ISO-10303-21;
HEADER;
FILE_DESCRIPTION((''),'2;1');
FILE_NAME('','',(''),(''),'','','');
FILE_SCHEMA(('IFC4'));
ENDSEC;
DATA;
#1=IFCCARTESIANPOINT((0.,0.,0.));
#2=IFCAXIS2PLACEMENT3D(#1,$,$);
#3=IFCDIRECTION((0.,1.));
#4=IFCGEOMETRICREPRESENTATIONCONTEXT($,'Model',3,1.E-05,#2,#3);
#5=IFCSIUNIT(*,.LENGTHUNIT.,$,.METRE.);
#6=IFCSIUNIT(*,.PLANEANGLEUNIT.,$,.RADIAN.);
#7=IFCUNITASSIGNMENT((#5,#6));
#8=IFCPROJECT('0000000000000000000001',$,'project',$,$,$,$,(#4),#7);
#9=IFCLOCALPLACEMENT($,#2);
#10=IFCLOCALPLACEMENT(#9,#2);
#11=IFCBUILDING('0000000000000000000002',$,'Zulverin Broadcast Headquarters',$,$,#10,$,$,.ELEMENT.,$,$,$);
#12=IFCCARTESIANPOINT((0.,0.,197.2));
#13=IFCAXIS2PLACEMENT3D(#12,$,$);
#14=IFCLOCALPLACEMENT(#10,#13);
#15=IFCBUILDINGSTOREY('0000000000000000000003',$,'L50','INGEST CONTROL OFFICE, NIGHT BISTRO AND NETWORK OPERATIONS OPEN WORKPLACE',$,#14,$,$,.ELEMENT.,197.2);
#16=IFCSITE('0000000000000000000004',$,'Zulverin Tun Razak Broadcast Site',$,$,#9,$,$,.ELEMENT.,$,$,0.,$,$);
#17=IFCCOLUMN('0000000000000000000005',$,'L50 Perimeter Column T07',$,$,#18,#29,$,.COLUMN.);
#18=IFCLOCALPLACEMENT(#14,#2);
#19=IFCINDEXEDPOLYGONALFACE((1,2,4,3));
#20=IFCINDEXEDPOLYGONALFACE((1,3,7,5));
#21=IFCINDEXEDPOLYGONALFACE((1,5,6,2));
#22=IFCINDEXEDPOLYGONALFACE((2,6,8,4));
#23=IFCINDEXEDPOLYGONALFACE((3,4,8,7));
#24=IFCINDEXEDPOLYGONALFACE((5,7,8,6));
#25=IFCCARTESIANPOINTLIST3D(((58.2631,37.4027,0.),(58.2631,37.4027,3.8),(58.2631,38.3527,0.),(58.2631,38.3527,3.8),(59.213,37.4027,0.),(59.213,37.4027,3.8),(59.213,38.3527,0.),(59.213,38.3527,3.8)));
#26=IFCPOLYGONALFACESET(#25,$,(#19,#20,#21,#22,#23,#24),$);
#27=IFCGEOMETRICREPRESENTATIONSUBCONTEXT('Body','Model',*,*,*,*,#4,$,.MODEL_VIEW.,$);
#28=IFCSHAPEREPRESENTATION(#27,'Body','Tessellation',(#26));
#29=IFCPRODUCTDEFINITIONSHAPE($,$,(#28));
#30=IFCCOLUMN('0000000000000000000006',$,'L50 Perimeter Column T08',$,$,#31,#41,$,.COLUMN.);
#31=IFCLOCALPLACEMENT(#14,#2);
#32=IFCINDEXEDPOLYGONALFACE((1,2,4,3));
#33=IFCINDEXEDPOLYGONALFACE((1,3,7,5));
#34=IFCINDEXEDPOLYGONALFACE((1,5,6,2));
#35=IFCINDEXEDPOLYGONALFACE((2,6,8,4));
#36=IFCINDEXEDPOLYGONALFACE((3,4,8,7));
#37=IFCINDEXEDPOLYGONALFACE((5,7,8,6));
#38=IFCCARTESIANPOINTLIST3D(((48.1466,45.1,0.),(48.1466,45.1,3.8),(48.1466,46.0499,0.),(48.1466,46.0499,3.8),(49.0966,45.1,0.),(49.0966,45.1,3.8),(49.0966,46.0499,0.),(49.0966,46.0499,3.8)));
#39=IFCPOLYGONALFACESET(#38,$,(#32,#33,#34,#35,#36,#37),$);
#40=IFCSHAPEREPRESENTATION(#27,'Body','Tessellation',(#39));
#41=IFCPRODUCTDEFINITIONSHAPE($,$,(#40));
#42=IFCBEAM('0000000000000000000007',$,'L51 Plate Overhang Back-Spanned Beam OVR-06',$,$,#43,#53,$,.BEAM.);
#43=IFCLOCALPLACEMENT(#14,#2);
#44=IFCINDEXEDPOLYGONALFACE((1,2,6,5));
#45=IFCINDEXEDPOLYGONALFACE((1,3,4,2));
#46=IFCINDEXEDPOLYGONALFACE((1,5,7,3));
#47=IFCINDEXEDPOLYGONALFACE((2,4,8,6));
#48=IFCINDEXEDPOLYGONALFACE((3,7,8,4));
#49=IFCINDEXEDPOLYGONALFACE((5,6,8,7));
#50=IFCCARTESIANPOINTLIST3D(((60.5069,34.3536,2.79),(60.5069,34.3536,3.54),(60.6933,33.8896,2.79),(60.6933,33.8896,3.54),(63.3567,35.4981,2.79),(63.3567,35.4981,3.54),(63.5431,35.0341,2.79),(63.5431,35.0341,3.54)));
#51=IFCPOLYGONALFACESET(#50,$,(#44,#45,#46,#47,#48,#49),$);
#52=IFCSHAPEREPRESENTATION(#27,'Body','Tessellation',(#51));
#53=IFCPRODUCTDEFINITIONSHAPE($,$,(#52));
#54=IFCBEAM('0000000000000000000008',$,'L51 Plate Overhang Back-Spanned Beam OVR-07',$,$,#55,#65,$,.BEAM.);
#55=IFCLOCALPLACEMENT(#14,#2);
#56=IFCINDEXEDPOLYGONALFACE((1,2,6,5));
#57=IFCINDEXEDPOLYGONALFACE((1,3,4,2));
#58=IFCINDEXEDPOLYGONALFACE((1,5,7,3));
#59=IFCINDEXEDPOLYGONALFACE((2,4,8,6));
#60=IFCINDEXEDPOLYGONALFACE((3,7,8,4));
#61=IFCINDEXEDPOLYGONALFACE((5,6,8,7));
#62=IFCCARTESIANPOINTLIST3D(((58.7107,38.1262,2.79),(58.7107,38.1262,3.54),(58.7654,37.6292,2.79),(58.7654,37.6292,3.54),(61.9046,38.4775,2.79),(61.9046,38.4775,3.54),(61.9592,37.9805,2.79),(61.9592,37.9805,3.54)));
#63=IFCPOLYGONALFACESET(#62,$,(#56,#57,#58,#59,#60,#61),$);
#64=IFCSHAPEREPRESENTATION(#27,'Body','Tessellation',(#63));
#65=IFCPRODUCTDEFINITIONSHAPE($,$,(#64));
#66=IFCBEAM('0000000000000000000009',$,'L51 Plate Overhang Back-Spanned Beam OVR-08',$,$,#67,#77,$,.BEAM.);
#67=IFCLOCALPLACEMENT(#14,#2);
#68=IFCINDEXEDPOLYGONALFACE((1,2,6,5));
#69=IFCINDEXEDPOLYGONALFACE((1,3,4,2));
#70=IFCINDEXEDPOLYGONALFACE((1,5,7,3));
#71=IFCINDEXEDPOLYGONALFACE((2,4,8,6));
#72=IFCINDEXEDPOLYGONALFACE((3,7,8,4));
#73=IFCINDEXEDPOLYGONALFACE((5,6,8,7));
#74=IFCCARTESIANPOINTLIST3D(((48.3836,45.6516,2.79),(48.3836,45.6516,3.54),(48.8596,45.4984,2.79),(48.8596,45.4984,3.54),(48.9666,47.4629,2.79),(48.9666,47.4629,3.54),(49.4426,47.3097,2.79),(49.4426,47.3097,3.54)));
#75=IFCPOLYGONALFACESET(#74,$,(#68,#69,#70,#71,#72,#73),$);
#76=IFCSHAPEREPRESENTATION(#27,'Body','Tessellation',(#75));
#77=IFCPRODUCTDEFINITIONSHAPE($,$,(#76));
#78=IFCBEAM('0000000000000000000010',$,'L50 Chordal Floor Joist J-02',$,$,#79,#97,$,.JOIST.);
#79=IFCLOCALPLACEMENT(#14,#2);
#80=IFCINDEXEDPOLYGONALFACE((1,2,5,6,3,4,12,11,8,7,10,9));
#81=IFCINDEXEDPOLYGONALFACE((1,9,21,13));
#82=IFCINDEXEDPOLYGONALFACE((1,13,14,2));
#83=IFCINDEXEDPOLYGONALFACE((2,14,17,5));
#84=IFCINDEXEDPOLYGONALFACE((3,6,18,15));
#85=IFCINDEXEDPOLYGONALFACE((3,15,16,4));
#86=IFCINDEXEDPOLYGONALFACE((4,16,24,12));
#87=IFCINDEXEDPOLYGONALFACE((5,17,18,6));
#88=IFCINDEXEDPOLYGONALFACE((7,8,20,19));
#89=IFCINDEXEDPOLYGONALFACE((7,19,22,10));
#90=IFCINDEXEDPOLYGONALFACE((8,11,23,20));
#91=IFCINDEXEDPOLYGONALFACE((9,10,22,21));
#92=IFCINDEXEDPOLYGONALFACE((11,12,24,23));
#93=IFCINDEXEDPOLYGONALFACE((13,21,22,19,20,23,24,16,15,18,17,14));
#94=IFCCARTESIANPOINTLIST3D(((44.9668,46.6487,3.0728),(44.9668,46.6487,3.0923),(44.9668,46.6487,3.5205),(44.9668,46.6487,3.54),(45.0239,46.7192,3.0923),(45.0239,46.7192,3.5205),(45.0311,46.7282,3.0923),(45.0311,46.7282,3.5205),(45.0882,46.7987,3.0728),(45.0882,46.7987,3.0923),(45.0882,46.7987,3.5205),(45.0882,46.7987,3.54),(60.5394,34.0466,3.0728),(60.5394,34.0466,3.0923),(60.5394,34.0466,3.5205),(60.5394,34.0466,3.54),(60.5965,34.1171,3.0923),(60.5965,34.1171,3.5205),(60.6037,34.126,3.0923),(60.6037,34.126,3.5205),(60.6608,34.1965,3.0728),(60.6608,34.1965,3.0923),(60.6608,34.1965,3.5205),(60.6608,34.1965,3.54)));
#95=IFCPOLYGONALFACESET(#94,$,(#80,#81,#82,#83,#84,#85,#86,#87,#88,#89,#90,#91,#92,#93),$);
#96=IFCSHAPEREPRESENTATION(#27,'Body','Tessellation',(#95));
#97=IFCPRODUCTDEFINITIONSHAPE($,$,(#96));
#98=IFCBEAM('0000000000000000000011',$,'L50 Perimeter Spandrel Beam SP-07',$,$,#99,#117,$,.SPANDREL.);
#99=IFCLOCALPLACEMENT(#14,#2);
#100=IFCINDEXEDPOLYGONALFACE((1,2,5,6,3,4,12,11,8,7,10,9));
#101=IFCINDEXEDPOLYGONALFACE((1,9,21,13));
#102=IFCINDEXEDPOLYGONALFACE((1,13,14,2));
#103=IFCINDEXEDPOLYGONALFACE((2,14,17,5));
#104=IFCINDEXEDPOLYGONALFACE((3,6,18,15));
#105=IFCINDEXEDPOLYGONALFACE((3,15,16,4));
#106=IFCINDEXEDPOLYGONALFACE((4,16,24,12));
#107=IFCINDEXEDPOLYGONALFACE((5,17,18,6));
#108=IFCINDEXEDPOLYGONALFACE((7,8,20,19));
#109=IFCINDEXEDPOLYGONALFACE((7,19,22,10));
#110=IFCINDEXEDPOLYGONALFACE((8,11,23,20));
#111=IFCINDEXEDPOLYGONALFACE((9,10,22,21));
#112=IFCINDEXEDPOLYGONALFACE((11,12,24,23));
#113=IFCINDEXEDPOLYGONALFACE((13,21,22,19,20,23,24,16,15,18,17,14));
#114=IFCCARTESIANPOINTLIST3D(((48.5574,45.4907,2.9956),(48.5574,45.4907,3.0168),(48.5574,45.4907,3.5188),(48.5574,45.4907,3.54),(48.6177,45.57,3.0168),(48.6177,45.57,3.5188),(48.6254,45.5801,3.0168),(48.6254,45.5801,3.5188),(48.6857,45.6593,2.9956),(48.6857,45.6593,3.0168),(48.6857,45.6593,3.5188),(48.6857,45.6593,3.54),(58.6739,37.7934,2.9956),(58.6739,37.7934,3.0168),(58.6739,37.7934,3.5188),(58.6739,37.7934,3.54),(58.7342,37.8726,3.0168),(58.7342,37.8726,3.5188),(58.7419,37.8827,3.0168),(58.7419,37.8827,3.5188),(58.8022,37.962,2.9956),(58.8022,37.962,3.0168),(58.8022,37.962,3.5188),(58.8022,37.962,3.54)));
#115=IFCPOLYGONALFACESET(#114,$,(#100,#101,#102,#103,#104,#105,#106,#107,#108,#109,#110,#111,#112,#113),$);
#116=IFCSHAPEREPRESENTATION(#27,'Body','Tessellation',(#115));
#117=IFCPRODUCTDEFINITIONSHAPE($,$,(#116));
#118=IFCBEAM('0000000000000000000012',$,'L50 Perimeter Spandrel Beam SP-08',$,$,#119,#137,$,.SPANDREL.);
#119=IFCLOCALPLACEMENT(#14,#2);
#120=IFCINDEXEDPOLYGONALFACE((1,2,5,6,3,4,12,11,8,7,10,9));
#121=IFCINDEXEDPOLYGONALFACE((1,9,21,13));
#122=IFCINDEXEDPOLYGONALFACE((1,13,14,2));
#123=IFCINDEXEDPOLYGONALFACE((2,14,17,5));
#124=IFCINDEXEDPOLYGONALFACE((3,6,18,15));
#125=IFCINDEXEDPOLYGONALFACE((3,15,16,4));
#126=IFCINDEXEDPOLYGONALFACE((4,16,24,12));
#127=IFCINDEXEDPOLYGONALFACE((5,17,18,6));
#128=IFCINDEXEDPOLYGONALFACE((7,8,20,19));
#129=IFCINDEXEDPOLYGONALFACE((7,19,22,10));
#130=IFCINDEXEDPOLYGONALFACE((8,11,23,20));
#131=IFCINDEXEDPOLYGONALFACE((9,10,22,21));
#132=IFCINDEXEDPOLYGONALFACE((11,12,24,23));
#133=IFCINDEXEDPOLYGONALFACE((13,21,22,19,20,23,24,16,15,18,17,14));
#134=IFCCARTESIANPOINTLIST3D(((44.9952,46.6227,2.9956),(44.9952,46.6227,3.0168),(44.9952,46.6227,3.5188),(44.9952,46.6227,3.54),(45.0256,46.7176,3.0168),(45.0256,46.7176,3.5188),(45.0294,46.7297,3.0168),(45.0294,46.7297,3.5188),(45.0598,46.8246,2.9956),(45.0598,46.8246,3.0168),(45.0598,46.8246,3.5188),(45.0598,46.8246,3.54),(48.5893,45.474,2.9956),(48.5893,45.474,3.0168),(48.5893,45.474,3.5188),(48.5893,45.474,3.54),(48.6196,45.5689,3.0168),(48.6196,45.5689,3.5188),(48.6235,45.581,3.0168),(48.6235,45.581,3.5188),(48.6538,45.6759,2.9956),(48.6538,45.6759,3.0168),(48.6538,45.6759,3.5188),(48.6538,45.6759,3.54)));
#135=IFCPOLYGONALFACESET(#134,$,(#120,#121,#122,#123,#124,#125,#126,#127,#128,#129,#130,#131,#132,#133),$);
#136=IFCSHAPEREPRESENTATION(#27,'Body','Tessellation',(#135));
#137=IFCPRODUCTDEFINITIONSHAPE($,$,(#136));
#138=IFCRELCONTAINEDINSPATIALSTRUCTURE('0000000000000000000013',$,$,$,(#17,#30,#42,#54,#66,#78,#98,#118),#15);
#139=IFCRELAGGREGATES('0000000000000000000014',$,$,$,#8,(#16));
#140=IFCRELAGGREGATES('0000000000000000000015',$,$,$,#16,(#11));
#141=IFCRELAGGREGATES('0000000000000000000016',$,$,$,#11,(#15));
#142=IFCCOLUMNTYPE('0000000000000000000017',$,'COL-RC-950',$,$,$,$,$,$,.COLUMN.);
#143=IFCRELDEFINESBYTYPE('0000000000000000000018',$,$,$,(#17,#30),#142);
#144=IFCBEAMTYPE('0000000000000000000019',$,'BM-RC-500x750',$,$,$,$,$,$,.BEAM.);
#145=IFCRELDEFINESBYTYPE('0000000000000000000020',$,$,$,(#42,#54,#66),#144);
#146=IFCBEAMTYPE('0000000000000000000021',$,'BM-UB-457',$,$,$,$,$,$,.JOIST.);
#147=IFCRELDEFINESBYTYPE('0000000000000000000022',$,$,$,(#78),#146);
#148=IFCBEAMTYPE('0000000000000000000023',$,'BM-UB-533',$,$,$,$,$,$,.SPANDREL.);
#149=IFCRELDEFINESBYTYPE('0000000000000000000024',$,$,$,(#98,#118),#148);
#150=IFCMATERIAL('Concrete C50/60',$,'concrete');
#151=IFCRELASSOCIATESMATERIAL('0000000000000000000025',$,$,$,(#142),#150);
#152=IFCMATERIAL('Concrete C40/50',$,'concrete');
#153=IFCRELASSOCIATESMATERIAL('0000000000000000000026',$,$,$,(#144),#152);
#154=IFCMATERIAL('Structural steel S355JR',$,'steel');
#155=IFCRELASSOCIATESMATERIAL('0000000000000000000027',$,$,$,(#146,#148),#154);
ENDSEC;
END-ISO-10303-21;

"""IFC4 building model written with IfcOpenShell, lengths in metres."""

from ifc_helpers import new_model, si_unit, direction, frame, origin, origin_2d, place, context, subcontext, project, spatial, rectangle, i_section, extrude, material, material_profile, profile_set, type_object, element, save


model = new_model("IFC4")

# Units and contexts
model_context = context("Model", 3, precision=1e-05, world=origin(), true_north=direction((0.0, 1.0)))
body_context = subcontext(model_context, "Body", "Model", "MODEL_VIEW")
ifc_project = project(units=[si_unit("LENGTHUNIT", "METRE"), si_unit("PLANEANGLEUNIT", "RADIAN")], contexts=[model_context])

# Site, building, storey
site_placement = place(None, origin())
site = spatial("IfcSite", under=ifc_project, at=site_placement, Name="Zulverin Tun Razak Broadcast Site", CompositionType="ELEMENT", RefElevation=0.0)
building_placement = place(site_placement, origin())
building = spatial("IfcBuilding", under=site, at=building_placement, Name="Zulverin Broadcast Headquarters", CompositionType="ELEMENT")
storey_placement = place(building_placement, frame((0.0, 0.0, 197.2)))
storey = spatial("IfcBuildingStorey", under=building, at=storey_placement, Name="L50", Description="INGEST CONTROL OFFICE, NIGHT BISTRO AND NETWORK OPERATIONS OPEN WORKPLACE", CompositionType="ELEMENT", Elevation=197.2)

# Columns
ifc_material_1 = material(Name="Concrete C50/60", Category="concrete")
ifc_material_profile_1 = material_profile(ifc_material_1, rectangle(XDim=0.95, YDim=0.95, at=origin_2d()), Name="Concrete C50/60", Category="concrete")
ifc_profile_set_1 = profile_set([ifc_material_profile_1], Name="Concrete C50/60")
column_type = type_object("IfcColumnType", Name="COL-RC-950", PredefinedType="COLUMN", material=ifc_profile_set_1)
for number, where, z_axis, x_axis, name in (
    (1, (58.738, 37.8777, 0.0), (0.0, 0.0, 1.0), (1.0, 0.0, 0.0), "L50 Perimeter Column T07"),
    (2, (48.6216, 45.575, 0.0), (0.0, 0.0, 1.0), (1.0, 0.0, 0.0), "L50 Perimeter Column T08"),
):
    element("IfcColumn", number, at=place(storey_placement, frame(where, z_axis=z_axis, x_axis=x_axis)), inside=storey, type_object=column_type, Name=name, PredefinedType="COLUMN", context=body_context, shape_type="SweptSolid", body=[
        extrude(rectangle(XDim=0.95, YDim=0.95, at=origin_2d()), origin(), (0.0, 0.0, 1.0), 3.8),
    ])

# Beams
ifc_material_2 = material(Name="Concrete C40/50", Category="concrete")
ifc_material_profile_2 = material_profile(ifc_material_2, rectangle(XDim=0.5, YDim=0.75, at=origin_2d()), Name="Concrete C40/50", Category="concrete")
ifc_profile_set_2 = profile_set([ifc_material_profile_2], Name="Concrete C40/50")
beam_type_1 = type_object("IfcBeamType", Name="BM-RC-500x750", PredefinedType="BEAM", material=ifc_profile_set_2)
beam_1_placement = place(storey_placement, frame((60.6001, 34.1216, 3.165), z_axis=(0.92796, 0.372679, 0.0), x_axis=(-0.372679, 0.92796, 0.0)))
element("IfcBeam", 3, at=beam_1_placement, inside=storey, type_object=beam_type_1, Name="L51 Plate Overhang Back-Spanned Beam OVR-06", PredefinedType="BEAM", context=body_context, shape_type="SweptSolid", body=[
    extrude(rectangle(XDim=0.5, YDim=0.75, at=origin_2d()), origin(), (0.0, 0.0, 1.0), 3.071),
])
beam_2_placement = place(storey_placement, frame((58.738, 37.8777, 3.165), z_axis=(0.994005, 0.109339, 0.0), x_axis=(-0.109339, 0.994005, 0.0)))
element("IfcBeam", 4, at=beam_2_placement, inside=storey, type_object=beam_type_1, Name="L51 Plate Overhang Back-Spanned Beam OVR-07", PredefinedType="BEAM", context=body_context, shape_type="SweptSolid", body=[
    extrude(rectangle(XDim=0.5, YDim=0.75, at=origin_2d()), origin(), (0.0, 0.0, 1.0), 3.2131),
])
beam_3_placement = place(storey_placement, frame((48.6216, 45.575, 3.165), z_axis=(0.306395, 0.951904, 0.0), x_axis=(-0.951904, 0.306395, 0.0)))
element("IfcBeam", 5, at=beam_3_placement, inside=storey, type_object=beam_type_1, Name="L51 Plate Overhang Back-Spanned Beam OVR-08", PredefinedType="BEAM", context=body_context, shape_type="SweptSolid", body=[
    extrude(rectangle(XDim=0.5, YDim=0.75, at=origin_2d()), origin(), (0.0, 0.0, 1.0), 1.9028),
])
ifc_material_3 = material(Name="Structural steel S355JR", Category="steel")
ifc_material_profile_3 = material_profile(ifc_material_3, i_section(OverallWidth=0.1929, OverallDepth=0.4673, WebThickness=0.0115, FlangeThickness=0.0195, at=origin_2d()), Name="Structural steel S355JR", Category="steel")
ifc_profile_set_3 = profile_set([ifc_material_profile_3], Name="Structural steel S355JR")
beam_type_2 = type_object("IfcBeamType", Name="BM-UB-457", PredefinedType="JOIST", material=ifc_profile_set_3)
beam_4_placement = place(storey_placement, frame((60.6001, 34.1216, 3.3064), z_axis=(-0.777349, 0.62907, 0.0), x_axis=(-0.62907, -0.777349, 0.0)))
element("IfcBeam", 6, at=beam_4_placement, inside=storey, type_object=beam_type_2, Name="L50 Chordal Floor Joist J-02", PredefinedType="JOIST", context=body_context, shape_type="SweptSolid", body=[
    extrude(i_section(OverallWidth=0.1929, OverallDepth=0.4673, WebThickness=0.0115, FlangeThickness=0.0195, at=origin_2d()), origin(), (0.0, 0.0, 1.0), 20.033),
])
ifc_material_profile_4 = material_profile(ifc_material_3, i_section(OverallWidth=0.2119, OverallDepth=0.5444, WebThickness=0.0127, FlangeThickness=0.0212, at=origin_2d()), Name="Structural steel S355JR", Category="steel")
ifc_profile_set_4 = profile_set([ifc_material_profile_4], Name="Structural steel S355JR")
beam_type_3 = type_object("IfcBeamType", Name="BM-UB-533", PredefinedType="SPANDREL", material=ifc_profile_set_4)
beam_5_placement = place(storey_placement, frame((58.738, 37.8777, 3.2678), z_axis=(-0.79583, 0.60552, 0.0), x_axis=(-0.60552, -0.79583, 0.0)))
element("IfcBeam", 7, at=beam_5_placement, inside=storey, type_object=beam_type_3, Name="L50 Perimeter Spandrel Beam SP-07", PredefinedType="SPANDREL", context=body_context, shape_type="SweptSolid", body=[
    extrude(i_section(OverallWidth=0.2119, OverallDepth=0.5444, WebThickness=0.0127, FlangeThickness=0.0212, at=origin_2d()), origin(), (0.0, 0.0, 1.0), 12.7119),
])
beam_6_placement = place(storey_placement, frame((48.6216, 45.575, 3.2678), z_axis=(-0.952532, 0.30444, 0.0), x_axis=(-0.30444, -0.952532, 0.0)))
element("IfcBeam", 8, at=beam_6_placement, inside=storey, type_object=beam_type_3, Name="L50 Perimeter Spandrel Beam SP-08", PredefinedType="SPANDREL", context=body_context, shape_type="SweptSolid", body=[
    extrude(i_section(OverallWidth=0.2119, OverallDepth=0.5444, WebThickness=0.0127, FlangeThickness=0.0212, at=origin_2d()), origin(), (0.0, 0.0, 1.0), 3.7732),
])

save(model, "model.ifc")
